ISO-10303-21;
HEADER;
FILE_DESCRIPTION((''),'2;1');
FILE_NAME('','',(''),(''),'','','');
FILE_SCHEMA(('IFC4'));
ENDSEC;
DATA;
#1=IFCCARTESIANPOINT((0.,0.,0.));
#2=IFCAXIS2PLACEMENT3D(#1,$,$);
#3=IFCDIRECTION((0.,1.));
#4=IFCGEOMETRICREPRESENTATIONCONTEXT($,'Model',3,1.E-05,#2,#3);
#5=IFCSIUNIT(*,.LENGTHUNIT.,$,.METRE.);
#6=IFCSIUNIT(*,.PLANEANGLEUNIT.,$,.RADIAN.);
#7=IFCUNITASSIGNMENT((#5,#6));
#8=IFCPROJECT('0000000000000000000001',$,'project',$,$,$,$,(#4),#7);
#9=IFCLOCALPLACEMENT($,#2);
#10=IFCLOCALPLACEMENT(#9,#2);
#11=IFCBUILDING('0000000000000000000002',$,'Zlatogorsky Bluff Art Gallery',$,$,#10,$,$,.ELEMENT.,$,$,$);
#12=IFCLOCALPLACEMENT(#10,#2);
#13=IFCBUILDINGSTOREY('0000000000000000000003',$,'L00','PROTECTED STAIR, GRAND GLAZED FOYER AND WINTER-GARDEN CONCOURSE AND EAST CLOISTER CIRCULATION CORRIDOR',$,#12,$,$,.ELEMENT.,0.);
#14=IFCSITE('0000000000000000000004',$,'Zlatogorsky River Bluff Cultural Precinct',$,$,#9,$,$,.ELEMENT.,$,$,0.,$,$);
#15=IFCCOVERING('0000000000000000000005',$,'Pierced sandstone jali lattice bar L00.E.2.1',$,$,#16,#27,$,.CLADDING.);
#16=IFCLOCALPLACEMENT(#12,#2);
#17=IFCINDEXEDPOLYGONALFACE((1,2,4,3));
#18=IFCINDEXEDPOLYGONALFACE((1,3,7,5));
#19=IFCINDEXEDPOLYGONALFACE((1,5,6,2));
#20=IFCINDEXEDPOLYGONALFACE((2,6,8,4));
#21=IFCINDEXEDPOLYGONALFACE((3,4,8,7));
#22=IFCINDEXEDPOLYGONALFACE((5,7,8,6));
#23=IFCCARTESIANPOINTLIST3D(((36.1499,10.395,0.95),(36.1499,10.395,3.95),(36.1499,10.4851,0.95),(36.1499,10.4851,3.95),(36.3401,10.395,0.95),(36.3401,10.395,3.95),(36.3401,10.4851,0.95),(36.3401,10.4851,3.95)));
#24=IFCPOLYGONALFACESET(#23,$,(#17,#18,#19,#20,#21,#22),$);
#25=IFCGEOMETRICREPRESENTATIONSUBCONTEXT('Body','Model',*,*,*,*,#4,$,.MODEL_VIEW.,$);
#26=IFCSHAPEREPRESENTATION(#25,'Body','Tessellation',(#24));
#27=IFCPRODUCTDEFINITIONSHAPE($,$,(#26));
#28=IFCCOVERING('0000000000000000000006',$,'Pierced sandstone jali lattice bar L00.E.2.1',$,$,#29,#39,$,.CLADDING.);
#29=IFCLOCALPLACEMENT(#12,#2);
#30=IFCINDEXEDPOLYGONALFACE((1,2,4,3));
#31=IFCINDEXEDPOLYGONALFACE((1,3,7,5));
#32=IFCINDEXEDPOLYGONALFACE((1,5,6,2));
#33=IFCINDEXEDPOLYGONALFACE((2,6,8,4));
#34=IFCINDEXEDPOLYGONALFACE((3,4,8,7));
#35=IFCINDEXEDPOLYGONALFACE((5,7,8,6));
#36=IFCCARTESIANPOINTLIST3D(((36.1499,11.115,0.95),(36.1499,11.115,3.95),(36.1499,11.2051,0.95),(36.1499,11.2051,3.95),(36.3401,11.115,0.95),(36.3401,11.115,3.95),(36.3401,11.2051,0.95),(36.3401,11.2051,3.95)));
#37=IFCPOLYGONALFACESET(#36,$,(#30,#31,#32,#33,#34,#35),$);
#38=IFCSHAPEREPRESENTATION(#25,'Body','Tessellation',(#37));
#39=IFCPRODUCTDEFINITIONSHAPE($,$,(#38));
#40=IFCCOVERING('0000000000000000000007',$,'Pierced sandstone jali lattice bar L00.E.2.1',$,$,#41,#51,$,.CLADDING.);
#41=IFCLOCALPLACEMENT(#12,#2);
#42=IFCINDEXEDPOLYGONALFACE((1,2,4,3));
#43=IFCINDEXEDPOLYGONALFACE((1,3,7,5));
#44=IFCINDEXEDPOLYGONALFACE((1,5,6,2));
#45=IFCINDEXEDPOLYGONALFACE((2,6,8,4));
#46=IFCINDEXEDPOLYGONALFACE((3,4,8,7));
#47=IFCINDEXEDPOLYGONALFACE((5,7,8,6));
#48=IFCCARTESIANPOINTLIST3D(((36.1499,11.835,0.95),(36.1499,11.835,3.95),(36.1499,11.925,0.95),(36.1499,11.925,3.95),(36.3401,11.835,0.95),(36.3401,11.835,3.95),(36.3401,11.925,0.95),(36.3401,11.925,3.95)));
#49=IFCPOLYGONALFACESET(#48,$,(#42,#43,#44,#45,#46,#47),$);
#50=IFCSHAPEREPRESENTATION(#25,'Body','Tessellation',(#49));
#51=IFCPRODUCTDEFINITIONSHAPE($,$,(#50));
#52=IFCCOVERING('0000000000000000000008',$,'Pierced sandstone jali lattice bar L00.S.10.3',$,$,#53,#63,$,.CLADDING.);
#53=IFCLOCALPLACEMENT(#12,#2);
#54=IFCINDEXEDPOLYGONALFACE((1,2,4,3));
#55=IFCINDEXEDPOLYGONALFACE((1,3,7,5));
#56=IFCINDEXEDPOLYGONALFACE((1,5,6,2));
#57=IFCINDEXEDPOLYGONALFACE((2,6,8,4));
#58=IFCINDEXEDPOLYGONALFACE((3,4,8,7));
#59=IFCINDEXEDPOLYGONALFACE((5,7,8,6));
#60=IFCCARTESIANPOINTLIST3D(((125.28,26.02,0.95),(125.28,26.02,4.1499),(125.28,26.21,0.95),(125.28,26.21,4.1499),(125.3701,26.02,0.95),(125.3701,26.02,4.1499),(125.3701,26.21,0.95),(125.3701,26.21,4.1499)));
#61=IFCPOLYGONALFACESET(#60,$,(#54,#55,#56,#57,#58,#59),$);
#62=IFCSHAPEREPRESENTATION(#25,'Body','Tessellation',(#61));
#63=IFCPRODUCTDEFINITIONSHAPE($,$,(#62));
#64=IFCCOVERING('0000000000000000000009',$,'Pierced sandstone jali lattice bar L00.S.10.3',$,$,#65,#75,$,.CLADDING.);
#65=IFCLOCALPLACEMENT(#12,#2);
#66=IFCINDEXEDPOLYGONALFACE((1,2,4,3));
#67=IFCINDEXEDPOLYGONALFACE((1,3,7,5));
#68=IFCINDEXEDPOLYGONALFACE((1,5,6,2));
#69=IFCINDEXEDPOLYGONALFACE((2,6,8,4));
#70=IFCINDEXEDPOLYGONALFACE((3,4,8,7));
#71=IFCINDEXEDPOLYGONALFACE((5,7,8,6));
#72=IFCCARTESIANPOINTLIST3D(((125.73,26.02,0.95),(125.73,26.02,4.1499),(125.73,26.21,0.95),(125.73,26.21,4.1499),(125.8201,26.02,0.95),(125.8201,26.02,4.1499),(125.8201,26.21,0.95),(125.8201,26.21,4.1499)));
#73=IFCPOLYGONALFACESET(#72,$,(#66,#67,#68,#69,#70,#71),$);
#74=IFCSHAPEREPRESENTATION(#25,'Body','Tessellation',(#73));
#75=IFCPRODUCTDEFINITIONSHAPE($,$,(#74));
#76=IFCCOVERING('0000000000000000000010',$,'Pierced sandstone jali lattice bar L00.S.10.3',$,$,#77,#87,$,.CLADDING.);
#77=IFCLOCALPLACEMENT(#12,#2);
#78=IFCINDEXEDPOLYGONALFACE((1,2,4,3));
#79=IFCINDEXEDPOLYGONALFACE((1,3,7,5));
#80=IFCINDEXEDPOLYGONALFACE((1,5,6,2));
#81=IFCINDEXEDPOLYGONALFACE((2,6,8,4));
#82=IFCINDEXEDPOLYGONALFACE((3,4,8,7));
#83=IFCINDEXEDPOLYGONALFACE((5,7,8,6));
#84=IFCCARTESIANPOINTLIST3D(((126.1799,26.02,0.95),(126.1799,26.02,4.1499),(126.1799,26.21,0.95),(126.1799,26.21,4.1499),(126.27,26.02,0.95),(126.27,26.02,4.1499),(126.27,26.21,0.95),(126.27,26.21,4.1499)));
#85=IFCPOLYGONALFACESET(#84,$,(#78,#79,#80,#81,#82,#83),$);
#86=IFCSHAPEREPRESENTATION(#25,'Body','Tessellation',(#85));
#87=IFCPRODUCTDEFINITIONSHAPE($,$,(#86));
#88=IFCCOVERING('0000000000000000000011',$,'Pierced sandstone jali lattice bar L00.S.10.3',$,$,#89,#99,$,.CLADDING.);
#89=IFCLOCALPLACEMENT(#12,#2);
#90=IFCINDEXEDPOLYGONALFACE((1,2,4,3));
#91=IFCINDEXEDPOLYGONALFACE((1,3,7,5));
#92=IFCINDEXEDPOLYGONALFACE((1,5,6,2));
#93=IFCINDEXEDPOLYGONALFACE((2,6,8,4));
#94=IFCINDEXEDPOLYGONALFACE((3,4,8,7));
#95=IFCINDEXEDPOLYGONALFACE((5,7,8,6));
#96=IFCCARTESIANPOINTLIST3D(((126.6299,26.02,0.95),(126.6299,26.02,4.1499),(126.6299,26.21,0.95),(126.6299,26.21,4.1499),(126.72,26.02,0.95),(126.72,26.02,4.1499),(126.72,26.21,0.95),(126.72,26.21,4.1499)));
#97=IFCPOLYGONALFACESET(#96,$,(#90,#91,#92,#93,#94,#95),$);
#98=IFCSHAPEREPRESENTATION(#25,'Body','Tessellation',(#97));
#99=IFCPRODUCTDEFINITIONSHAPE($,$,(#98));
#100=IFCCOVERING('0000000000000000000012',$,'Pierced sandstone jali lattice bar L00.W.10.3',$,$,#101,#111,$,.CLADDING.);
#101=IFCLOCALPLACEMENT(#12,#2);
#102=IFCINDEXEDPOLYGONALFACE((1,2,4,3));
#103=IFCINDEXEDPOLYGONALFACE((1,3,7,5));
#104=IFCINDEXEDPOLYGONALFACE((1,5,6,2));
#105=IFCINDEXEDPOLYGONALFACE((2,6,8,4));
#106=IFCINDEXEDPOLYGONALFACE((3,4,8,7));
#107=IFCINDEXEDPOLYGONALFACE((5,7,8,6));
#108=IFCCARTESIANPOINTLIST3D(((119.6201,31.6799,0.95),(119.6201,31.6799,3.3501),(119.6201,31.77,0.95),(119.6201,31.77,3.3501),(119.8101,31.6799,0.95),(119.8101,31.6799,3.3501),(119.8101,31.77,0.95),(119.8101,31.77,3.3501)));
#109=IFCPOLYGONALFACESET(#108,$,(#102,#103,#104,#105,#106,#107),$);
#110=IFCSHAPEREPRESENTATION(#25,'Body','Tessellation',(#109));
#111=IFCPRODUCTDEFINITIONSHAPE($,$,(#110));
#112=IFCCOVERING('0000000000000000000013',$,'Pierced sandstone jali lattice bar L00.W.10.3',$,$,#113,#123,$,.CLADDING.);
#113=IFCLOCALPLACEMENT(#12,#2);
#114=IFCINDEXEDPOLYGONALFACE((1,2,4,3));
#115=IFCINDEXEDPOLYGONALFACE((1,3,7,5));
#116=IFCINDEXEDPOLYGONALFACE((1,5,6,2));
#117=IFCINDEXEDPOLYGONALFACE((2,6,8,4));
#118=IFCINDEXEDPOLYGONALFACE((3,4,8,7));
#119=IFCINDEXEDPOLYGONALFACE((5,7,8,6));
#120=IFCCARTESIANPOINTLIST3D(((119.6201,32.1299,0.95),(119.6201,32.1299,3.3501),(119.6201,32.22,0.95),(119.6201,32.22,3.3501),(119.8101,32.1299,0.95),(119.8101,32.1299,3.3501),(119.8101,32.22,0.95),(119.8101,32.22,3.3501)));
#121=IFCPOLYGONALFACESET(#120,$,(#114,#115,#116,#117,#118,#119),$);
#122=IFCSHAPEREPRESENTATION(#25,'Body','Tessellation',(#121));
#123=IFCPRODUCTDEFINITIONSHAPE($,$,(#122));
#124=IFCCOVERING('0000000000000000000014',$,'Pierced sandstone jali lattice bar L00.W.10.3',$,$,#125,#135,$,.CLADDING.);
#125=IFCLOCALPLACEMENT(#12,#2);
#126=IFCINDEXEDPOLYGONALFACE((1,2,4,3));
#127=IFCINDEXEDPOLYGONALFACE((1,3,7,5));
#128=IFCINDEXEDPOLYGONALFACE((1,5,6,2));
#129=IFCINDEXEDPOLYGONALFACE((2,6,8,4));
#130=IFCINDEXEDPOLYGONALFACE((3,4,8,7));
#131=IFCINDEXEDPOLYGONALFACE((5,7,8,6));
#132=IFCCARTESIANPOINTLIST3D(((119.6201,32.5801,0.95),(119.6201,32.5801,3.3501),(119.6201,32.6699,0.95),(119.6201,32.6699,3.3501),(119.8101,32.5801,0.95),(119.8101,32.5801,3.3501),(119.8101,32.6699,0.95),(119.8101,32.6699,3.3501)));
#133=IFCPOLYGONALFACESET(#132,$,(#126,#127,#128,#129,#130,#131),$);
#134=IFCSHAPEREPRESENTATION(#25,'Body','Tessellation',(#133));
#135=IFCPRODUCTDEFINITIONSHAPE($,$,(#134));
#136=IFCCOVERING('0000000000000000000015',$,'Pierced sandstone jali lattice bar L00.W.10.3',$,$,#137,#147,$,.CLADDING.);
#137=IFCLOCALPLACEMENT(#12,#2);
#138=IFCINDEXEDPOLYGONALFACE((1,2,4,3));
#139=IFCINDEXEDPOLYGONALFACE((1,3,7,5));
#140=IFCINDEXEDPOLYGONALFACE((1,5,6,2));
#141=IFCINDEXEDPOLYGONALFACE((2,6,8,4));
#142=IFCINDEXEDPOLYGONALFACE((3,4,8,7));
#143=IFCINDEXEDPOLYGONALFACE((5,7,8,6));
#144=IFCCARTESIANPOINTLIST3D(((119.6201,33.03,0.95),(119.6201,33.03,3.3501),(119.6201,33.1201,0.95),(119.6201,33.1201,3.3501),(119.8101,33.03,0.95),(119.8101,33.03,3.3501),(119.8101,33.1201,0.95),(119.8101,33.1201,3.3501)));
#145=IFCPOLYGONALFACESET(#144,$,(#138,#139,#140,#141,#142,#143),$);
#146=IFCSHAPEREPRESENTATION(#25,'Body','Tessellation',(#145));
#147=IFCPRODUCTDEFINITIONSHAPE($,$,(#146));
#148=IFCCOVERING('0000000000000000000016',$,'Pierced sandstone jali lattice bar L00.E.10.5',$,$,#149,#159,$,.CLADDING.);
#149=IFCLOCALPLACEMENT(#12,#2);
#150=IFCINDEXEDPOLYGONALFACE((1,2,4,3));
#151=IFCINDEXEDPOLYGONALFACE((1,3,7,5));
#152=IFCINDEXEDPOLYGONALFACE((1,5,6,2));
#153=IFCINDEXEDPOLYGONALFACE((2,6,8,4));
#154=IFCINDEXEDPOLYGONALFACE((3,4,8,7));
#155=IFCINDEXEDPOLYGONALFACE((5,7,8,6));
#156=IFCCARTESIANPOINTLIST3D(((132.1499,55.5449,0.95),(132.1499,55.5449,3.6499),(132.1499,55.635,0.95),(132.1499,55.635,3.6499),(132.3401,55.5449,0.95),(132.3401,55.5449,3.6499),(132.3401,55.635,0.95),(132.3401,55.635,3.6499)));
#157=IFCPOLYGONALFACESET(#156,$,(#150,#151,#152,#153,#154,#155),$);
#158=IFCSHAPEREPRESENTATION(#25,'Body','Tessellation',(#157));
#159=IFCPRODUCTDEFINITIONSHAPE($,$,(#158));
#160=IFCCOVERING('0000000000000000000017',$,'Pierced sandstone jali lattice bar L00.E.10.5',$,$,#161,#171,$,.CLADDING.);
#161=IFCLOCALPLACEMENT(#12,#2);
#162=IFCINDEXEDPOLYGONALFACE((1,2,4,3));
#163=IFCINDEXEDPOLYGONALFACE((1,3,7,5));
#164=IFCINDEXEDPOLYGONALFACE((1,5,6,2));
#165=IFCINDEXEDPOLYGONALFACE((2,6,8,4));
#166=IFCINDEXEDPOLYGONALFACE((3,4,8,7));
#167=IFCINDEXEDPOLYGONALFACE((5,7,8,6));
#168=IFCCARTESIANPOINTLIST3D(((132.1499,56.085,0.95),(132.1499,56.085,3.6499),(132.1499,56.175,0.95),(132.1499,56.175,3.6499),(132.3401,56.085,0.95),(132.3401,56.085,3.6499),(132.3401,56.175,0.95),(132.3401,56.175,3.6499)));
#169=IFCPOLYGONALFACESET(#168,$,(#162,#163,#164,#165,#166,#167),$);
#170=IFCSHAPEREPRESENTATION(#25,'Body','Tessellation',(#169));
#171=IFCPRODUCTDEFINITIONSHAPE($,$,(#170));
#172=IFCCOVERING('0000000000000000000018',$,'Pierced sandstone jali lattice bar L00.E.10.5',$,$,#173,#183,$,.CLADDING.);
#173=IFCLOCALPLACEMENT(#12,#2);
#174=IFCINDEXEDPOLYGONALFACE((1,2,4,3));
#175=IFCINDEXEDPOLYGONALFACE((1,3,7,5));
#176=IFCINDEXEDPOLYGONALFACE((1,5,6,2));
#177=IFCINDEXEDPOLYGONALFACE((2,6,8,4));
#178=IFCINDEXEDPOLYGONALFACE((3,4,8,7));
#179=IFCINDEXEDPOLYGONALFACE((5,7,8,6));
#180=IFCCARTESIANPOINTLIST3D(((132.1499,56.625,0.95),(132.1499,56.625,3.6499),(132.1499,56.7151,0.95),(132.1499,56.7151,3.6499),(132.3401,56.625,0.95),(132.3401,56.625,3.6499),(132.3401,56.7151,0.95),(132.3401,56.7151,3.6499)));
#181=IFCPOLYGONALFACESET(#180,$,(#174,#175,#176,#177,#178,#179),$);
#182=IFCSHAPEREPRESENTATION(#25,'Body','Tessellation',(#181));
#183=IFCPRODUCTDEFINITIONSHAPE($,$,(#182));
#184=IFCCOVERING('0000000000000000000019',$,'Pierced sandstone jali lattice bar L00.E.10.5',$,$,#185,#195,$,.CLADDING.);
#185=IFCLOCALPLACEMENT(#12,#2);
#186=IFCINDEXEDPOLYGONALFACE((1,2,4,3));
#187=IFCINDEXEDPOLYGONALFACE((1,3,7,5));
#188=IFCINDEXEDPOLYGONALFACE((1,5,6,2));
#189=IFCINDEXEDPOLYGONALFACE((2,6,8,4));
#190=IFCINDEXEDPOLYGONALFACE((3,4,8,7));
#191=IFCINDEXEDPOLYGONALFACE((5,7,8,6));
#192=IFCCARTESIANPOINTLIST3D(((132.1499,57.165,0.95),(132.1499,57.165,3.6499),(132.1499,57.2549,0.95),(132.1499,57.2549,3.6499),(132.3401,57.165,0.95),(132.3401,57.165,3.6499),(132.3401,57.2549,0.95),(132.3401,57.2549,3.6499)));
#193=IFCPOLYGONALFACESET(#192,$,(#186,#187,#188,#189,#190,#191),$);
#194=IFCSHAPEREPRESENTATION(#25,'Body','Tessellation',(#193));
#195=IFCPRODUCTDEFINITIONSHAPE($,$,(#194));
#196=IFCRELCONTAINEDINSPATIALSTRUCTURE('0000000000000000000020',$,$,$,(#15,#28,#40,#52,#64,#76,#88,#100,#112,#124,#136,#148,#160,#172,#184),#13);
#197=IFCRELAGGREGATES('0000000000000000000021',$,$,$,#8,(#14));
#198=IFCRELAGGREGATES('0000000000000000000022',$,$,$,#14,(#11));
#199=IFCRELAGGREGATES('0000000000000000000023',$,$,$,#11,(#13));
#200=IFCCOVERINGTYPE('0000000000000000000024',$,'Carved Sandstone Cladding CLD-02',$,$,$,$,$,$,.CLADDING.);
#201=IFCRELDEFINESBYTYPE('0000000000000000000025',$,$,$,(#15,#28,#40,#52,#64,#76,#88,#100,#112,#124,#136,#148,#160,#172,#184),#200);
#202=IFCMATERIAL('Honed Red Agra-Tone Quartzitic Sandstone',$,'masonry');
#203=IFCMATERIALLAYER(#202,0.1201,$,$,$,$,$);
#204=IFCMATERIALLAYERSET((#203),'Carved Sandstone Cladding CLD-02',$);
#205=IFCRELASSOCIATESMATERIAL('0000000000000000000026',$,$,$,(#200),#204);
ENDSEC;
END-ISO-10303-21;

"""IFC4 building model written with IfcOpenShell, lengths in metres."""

from ifc_helpers import new_model, si_unit, direction, frame, origin, place, context, subcontext, project, spatial, polyline, outline, extrude, material, layer, layer_set, type_object, element, save


model = new_model("IFC4")

# Units and contexts
model_context = context("Model", 3, precision=1e-05, world=origin(), true_north=direction((0.0, 1.0)))
body_context = subcontext(model_context, "Body", "Model", "MODEL_VIEW")
ifc_project = project(units=[si_unit("LENGTHUNIT", "METRE"), si_unit("PLANEANGLEUNIT", "RADIAN")], contexts=[model_context])

# Site, building, storey
site_placement = place(None, origin())
site = spatial("IfcSite", under=ifc_project, at=site_placement, Name="Zlatogorsky River Bluff Cultural Precinct", CompositionType="ELEMENT", RefElevation=0.0)
building_placement = place(site_placement, origin())
building = spatial("IfcBuilding", under=site, at=building_placement, Name="Zlatogorsky Bluff Art Gallery", CompositionType="ELEMENT")
storey_placement = place(building_placement, origin())
storey = spatial("IfcBuildingStorey", under=building, at=storey_placement, Name="L00", Description="PROTECTED STAIR, GRAND GLAZED FOYER AND WINTER-GARDEN CONCOURSE AND EAST CLOISTER CIRCULATION CORRIDOR", CompositionType="ELEMENT", Elevation=0.0)

# Coverings
ifc_material = material(Name="Honed Red Agra-Tone Quartzitic Sandstone", Category="masonry")
ifc_layer = layer(ifc_material, 0.1201)
ifc_layer_set = layer_set([ifc_layer], Name="Carved Sandstone Cladding CLD-02")
covering_type = type_object("IfcCoveringType", Name="Carved Sandstone Cladding CLD-02", PredefinedType="CLADDING", material=ifc_layer_set)
covering_1_placement = place(storey_placement, frame((0.0, 0.0, 0.95)))
element("IfcCovering", 1, at=covering_1_placement, inside=storey, type_object=covering_type, Name="Pierced sandstone jali lattice bar L00.E.2.1", PredefinedType="CLADDING", context=body_context, shape_type="SweptSolid", body=[
    extrude(outline(polyline([(36.1499, 10.395), (36.1499, 10.4851), (36.3401, 10.4851), (36.3401, 10.395), (36.1499, 10.395)])), origin(), (0.0, 0.0, 1.0), 3.0),
])
covering_2_placement = place(storey_placement, frame((0.0, 0.0, 0.95)))
element("IfcCovering", 2, at=covering_2_placement, inside=storey, type_object=covering_type, Name="Pierced sandstone jali lattice bar L00.E.2.1", PredefinedType="CLADDING", context=body_context, shape_type="SweptSolid", body=[
    extrude(outline(polyline([(36.1499, 11.115), (36.1499, 11.2051), (36.3401, 11.2051), (36.3401, 11.115), (36.1499, 11.115)])), origin(), (0.0, 0.0, 1.0), 3.0),
])
covering_3_placement = place(storey_placement, frame((0.0, 0.0, 0.95)))
element("IfcCovering", 3, at=covering_3_placement, inside=storey, type_object=covering_type, Name="Pierced sandstone jali lattice bar L00.E.2.1", PredefinedType="CLADDING", context=body_context, shape_type="SweptSolid", body=[
    extrude(outline(polyline([(36.1499, 11.835), (36.1499, 11.925), (36.3401, 11.925), (36.3401, 11.835), (36.1499, 11.835)])), origin(), (0.0, 0.0, 1.0), 3.0),
])
covering_4_placement = place(storey_placement, frame((0.0, 0.0, 0.95)))
element("IfcCovering", 4, at=covering_4_placement, inside=storey, type_object=covering_type, Name="Pierced sandstone jali lattice bar L00.S.10.3", PredefinedType="CLADDING", context=body_context, shape_type="SweptSolid", body=[
    extrude(outline(polyline([(125.28, 26.02), (125.3701, 26.02), (125.3701, 26.21), (125.28, 26.21), (125.28, 26.02)])), origin(), (0.0, 0.0, 1.0), 3.2),
])
covering_5_placement = place(storey_placement, frame((0.0, 0.0, 0.95)))
element("IfcCovering", 5, at=covering_5_placement, inside=storey, type_object=covering_type, Name="Pierced sandstone jali lattice bar L00.S.10.3", PredefinedType="CLADDING", context=body_context, shape_type="SweptSolid", body=[
    extrude(outline(polyline([(125.73, 26.02), (125.8201, 26.02), (125.8201, 26.21), (125.73, 26.21), (125.73, 26.02)])), origin(), (0.0, 0.0, 1.0), 3.2),
])
covering_6_placement = place(storey_placement, frame((0.0, 0.0, 0.95)))
element("IfcCovering", 6, at=covering_6_placement, inside=storey, type_object=covering_type, Name="Pierced sandstone jali lattice bar L00.S.10.3", PredefinedType="CLADDING", context=body_context, shape_type="SweptSolid", body=[
    extrude(outline(polyline([(126.1799, 26.02), (126.27, 26.02), (126.27, 26.21), (126.1799, 26.21), (126.1799, 26.02)])), origin(), (0.0, 0.0, 1.0), 3.2),
])
covering_7_placement = place(storey_placement, frame((0.0, 0.0, 0.95)))
element("IfcCovering", 7, at=covering_7_placement, inside=storey, type_object=covering_type, Name="Pierced sandstone jali lattice bar L00.S.10.3", PredefinedType="CLADDING", context=body_context, shape_type="SweptSolid", body=[
    extrude(outline(polyline([(126.6299, 26.02), (126.72, 26.02), (126.72, 26.21), (126.6299, 26.21), (126.6299, 26.02)])), origin(), (0.0, 0.0, 1.0), 3.2),
])
covering_8_placement = place(storey_placement, frame((0.0, 0.0, 0.95)))
element("IfcCovering", 8, at=covering_8_placement, inside=storey, type_object=covering_type, Name="Pierced sandstone jali lattice bar L00.W.10.3", PredefinedType="CLADDING", context=body_context, shape_type="SweptSolid", body=[
    extrude(outline(polyline([(119.6201, 31.6799), (119.6201, 31.77), (119.8101, 31.77), (119.8101, 31.6799), (119.6201, 31.6799)])), origin(), (0.0, 0.0, 1.0), 2.4001),
])
covering_9_placement = place(storey_placement, frame((0.0, 0.0, 0.95)))
element("IfcCovering", 9, at=covering_9_placement, inside=storey, type_object=covering_type, Name="Pierced sandstone jali lattice bar L00.W.10.3", PredefinedType="CLADDING", context=body_context, shape_type="SweptSolid", body=[
    extrude(outline(polyline([(119.6201, 32.1299), (119.6201, 32.22), (119.8101, 32.22), (119.8101, 32.1299), (119.6201, 32.1299)])), origin(), (0.0, 0.0, 1.0), 2.4001),
])
covering_10_placement = place(storey_placement, frame((0.0, 0.0, 0.95)))
element("IfcCovering", 10, at=covering_10_placement, inside=storey, type_object=covering_type, Name="Pierced sandstone jali lattice bar L00.W.10.3", PredefinedType="CLADDING", context=body_context, shape_type="SweptSolid", body=[
    extrude(outline(polyline([(119.6201, 32.5801), (119.6201, 32.6699), (119.8101, 32.6699), (119.8101, 32.5801), (119.6201, 32.5801)])), origin(), (0.0, 0.0, 1.0), 2.4001),
])
covering_11_placement = place(storey_placement, frame((0.0, 0.0, 0.95)))
element("IfcCovering", 11, at=covering_11_placement, inside=storey, type_object=covering_type, Name="Pierced sandstone jali lattice bar L00.W.10.3", PredefinedType="CLADDING", context=body_context, shape_type="SweptSolid", body=[
    extrude(outline(polyline([(119.6201, 33.03), (119.6201, 33.1201), (119.8101, 33.1201), (119.8101, 33.03), (119.6201, 33.03)])), origin(), (0.0, 0.0, 1.0), 2.4001),
])
covering_12_placement = place(storey_placement, frame((0.0, 0.0, 0.95)))
element("IfcCovering", 12, at=covering_12_placement, inside=storey, type_object=covering_type, Name="Pierced sandstone jali lattice bar L00.E.10.5", PredefinedType="CLADDING", context=body_context, shape_type="SweptSolid", body=[
    extrude(outline(polyline([(132.1499, 55.5449), (132.1499, 55.635), (132.3401, 55.635), (132.3401, 55.5449), (132.1499, 55.5449)])), origin(), (0.0, 0.0, 1.0), 2.7),
])
covering_13_placement = place(storey_placement, frame((0.0, 0.0, 0.95)))
element("IfcCovering", 13, at=covering_13_placement, inside=storey, type_object=covering_type, Name="Pierced sandstone jali lattice bar L00.E.10.5", PredefinedType="CLADDING", context=body_context, shape_type="SweptSolid", body=[
    extrude(outline(polyline([(132.1499, 56.085), (132.1499, 56.175), (132.3401, 56.175), (132.3401, 56.085), (132.1499, 56.085)])), origin(), (0.0, 0.0, 1.0), 2.7),
])
covering_14_placement = place(storey_placement, frame((0.0, 0.0, 0.95)))
element("IfcCovering", 14, at=covering_14_placement, inside=storey, type_object=covering_type, Name="Pierced sandstone jali lattice bar L00.E.10.5", PredefinedType="CLADDING", context=body_context, shape_type="SweptSolid", body=[
    extrude(outline(polyline([(132.1499, 56.625), (132.1499, 56.7151), (132.3401, 56.7151), (132.3401, 56.625), (132.1499, 56.625)])), origin(), (0.0, 0.0, 1.0), 2.7),
])
covering_15_placement = place(storey_placement, frame((0.0, 0.0, 0.95)))
element("IfcCovering", 15, at=covering_15_placement, inside=storey, type_object=covering_type, Name="Pierced sandstone jali lattice bar L00.E.10.5", PredefinedType="CLADDING", context=body_context, shape_type="SweptSolid", body=[
    extrude(outline(polyline([(132.1499, 57.165), (132.1499, 57.2549), (132.3401, 57.2549), (132.3401, 57.165), (132.1499, 57.165)])), origin(), (0.0, 0.0, 1.0), 2.7),
])

save(model, "model.ifc")
